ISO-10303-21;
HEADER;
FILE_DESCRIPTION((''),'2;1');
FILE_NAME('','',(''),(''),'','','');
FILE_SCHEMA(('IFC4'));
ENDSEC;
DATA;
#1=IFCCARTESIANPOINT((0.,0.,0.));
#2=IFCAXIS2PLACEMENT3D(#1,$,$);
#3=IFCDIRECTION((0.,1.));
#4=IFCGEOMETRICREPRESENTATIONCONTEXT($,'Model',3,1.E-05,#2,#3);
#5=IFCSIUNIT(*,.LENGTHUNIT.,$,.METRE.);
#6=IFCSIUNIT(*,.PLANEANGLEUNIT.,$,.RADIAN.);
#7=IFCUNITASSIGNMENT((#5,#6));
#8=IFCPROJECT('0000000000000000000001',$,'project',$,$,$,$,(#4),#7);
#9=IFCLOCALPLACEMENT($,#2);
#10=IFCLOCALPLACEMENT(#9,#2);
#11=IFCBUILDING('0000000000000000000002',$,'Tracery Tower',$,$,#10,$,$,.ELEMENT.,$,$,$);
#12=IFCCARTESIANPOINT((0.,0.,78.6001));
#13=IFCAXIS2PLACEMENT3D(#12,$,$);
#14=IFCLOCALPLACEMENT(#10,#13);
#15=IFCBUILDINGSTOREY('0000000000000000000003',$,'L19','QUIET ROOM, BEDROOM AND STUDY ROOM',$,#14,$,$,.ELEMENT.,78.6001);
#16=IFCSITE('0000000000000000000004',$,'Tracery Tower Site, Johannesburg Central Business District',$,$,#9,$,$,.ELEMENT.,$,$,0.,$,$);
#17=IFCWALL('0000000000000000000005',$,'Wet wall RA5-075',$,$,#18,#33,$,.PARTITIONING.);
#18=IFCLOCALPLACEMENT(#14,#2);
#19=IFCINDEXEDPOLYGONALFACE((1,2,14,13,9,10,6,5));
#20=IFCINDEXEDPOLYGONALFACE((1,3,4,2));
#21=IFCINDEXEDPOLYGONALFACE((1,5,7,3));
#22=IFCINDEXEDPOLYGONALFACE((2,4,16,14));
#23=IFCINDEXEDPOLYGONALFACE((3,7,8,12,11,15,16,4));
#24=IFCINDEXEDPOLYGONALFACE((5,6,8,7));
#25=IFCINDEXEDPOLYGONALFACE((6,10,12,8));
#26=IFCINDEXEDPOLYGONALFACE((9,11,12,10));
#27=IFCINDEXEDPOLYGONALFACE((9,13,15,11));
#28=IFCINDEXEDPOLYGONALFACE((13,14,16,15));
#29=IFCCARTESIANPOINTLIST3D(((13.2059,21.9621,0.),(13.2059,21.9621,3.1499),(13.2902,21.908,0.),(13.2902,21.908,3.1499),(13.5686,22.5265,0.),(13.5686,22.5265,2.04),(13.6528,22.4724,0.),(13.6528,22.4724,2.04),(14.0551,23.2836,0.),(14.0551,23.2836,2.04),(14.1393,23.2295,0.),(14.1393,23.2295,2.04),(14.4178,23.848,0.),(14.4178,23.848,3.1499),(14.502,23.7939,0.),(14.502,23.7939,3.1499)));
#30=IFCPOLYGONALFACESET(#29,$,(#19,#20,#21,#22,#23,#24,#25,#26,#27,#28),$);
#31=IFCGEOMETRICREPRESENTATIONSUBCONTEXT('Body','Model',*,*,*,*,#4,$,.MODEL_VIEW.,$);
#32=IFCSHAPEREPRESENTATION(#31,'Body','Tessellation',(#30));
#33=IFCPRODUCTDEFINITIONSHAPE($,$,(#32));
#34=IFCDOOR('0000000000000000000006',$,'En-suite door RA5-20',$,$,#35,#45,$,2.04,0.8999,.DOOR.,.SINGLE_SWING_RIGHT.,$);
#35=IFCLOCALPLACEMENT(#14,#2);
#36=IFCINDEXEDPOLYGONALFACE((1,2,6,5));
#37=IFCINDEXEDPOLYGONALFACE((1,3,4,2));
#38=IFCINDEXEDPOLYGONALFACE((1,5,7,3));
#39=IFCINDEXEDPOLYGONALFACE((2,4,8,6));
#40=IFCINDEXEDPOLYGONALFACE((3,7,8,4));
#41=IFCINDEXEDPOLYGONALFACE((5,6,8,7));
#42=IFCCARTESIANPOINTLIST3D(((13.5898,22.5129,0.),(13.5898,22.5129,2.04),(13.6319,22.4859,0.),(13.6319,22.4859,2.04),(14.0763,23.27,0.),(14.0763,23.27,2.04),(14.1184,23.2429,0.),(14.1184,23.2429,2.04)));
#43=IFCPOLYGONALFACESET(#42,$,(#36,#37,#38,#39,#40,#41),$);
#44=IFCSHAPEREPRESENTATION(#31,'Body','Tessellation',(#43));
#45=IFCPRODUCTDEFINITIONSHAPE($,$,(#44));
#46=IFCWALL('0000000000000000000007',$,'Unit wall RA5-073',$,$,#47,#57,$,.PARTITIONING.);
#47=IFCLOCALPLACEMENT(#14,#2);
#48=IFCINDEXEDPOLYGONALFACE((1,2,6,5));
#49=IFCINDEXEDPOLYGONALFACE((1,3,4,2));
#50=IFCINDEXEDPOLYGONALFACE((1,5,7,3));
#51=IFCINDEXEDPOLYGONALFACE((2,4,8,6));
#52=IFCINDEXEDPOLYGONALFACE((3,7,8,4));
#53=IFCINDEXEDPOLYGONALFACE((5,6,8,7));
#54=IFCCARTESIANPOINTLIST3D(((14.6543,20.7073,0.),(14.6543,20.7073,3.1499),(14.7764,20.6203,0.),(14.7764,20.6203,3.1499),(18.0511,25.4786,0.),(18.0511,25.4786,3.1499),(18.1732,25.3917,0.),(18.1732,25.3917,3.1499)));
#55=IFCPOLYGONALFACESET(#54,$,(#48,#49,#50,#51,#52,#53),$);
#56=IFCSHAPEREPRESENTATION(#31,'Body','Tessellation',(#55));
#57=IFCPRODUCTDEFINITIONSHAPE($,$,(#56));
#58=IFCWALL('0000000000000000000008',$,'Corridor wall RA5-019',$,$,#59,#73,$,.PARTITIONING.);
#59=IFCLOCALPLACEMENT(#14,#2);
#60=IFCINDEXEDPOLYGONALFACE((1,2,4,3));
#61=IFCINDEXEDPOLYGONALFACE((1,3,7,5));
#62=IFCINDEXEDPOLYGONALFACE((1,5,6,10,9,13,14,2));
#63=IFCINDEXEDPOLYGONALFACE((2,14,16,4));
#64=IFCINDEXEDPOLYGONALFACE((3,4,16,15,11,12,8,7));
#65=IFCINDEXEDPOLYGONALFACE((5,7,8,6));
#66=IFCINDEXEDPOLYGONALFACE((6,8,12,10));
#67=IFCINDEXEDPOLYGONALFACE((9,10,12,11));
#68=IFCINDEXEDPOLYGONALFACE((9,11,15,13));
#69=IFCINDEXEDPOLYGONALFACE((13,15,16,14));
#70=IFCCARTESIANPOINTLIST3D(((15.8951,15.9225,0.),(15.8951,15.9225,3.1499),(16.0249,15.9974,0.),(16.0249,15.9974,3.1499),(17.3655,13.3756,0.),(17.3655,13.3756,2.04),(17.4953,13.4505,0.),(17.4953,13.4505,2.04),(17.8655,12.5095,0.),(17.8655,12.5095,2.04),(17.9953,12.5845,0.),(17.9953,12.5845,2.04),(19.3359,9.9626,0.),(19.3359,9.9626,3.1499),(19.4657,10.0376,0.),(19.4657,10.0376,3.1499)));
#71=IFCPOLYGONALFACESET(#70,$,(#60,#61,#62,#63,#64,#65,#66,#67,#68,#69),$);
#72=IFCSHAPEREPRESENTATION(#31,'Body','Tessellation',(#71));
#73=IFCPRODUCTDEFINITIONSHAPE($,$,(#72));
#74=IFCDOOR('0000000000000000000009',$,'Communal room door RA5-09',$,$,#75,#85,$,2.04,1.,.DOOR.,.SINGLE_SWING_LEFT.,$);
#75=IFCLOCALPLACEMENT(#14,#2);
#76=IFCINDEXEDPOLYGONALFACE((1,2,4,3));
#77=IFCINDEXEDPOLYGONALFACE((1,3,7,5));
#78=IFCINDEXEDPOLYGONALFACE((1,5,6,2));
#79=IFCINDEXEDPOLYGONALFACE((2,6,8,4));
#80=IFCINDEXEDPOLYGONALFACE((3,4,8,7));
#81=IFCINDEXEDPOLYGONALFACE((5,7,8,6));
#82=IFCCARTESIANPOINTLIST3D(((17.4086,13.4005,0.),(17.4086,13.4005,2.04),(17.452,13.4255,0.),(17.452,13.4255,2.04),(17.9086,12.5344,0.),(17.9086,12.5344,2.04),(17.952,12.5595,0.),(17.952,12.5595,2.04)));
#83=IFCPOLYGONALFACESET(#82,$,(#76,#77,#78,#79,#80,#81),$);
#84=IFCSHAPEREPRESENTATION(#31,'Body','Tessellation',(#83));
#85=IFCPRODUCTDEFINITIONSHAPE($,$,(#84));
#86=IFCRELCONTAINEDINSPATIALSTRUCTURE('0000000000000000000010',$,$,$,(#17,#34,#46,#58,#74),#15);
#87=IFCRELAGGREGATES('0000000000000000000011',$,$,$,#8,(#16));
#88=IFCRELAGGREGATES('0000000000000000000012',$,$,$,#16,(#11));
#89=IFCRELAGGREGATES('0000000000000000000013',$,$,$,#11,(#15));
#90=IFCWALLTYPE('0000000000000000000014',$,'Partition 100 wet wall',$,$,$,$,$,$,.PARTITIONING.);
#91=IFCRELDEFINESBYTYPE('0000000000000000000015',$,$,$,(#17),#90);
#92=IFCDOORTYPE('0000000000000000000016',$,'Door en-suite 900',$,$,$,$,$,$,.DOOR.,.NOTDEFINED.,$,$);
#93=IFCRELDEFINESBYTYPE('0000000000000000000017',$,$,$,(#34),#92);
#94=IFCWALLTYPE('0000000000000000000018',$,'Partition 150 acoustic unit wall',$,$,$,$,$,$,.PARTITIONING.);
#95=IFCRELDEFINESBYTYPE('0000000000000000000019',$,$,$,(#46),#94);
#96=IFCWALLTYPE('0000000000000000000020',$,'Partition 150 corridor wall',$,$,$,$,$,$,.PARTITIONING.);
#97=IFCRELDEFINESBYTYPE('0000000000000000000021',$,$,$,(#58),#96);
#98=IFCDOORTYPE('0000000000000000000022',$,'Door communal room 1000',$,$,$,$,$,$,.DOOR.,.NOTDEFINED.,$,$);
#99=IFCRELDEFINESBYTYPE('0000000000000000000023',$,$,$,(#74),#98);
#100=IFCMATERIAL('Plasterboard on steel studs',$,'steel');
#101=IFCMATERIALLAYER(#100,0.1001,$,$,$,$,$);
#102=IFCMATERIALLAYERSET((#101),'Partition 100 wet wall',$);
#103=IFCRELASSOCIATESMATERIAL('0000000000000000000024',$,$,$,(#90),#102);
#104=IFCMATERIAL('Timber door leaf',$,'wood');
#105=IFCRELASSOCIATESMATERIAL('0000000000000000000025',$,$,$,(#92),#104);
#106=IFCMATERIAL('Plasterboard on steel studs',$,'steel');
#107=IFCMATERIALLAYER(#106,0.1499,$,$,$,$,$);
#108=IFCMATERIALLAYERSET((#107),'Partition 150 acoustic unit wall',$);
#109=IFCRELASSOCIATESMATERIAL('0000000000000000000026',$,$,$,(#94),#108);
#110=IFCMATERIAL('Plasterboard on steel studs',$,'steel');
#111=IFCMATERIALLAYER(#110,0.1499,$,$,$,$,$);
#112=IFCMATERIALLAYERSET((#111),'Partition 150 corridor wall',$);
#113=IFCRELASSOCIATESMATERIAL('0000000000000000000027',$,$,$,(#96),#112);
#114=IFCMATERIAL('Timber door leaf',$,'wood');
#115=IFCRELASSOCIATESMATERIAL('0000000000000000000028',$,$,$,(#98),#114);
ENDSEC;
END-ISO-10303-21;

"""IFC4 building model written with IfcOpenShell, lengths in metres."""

from ifc_helpers import new_model, si_unit, direction, frame, frame_2d, origin, place, context, subcontext, project, spatial, rectangle, extrude, material, layer, layer_set, type_object, element, fill, save


model = new_model("IFC4")

# Units and contexts
model_context = context("Model", 3, precision=1e-05, world=origin(), true_north=direction((0.0, 1.0)))
body_context = subcontext(model_context, "Body", "Model", "MODEL_VIEW")
ifc_project = project(units=[si_unit("LENGTHUNIT", "METRE"), si_unit("PLANEANGLEUNIT", "RADIAN")], contexts=[model_context])

# Site, building, storey
site_placement = place(None, origin())
site = spatial("IfcSite", under=ifc_project, at=site_placement, Name="Tracery Tower Site, Johannesburg Central Business District", CompositionType="ELEMENT", RefElevation=0.0)
building_placement = place(site_placement, origin())
building = spatial("IfcBuilding", under=site, at=building_placement, Name="Tracery Tower", CompositionType="ELEMENT")
storey_placement = place(building_placement, frame((0.0, 0.0, 78.6001)))
storey = spatial("IfcBuildingStorey", under=building, at=storey_placement, Name="L19", Description="QUIET ROOM, BEDROOM AND STUDY ROOM", CompositionType="ELEMENT", Elevation=78.6001)

# Shared definitions
ifc_material_1 = material(Name="Plasterboard on steel studs", Category="steel")
ifc_layer_1 = layer(ifc_material_1, 0.1001)
ifc_layer_set_1 = layer_set([ifc_layer_1], Name="Partition 100 wet wall")
wall_type_1 = type_object("IfcWallType", Name="Partition 100 wet wall", PredefinedType="PARTITIONING", material=ifc_layer_set_1)
ifc_material_2 = material(Name="Timber door leaf", Category="wood")
door_type_1 = type_object("IfcDoorType", Name="Door en-suite 900", OperationType="NOTDEFINED", PredefinedType="DOOR", material=ifc_material_2)

# Wall, opening, door
wall_1_placement = place(storey_placement, frame((13.248, 21.9351, 0.0), z_axis=(0.0, 0.0, 1.0), x_axis=(0.540598, 0.841281, 0.0)))
wall_1 = element("IfcWall", 1, at=wall_1_placement, inside=storey, type_object=wall_type_1, Name="Wet wall RA5-075", PredefinedType="PARTITIONING", context=body_context, shape_type="SweptSolid", body=[
    extrude(rectangle(XDim=2.2417, YDim=0.1001, at=frame_2d((1.1208, 0.0))), origin(), (0.0, 0.0, 1.0), 3.1499),
])
opening_1_placement = place(wall_1_placement, frame((0.6709, 0.0, 0.0)))
opening_1 = element("IfcOpeningElement", 2, at=opening_1_placement, cuts=wall_1, PredefinedType="OPENING", context=body_context, shape_type="SweptSolid", body=[
    extrude(rectangle(XDim=0.8999, YDim=2.04, at=frame_2d((0.45, 1.02))), frame((0.0, 0.05, 0.0), z_axis=(0.0, -1.0, 0.0), x_axis=(1.0, 0.0, 0.0)), (0.0, 0.0, 1.0), 0.1001),
])
door_1_placement = place(opening_1_placement, origin())
door_1 = element("IfcDoor", 3, at=door_1_placement, inside=storey, type_object=door_type_1, Name="En-suite door RA5-20", OperationType="SINGLE_SWING_RIGHT", OverallHeight=2.04, OverallWidth=0.8999, PredefinedType="DOOR", context=body_context, shape_type="SweptSolid", body=[
    extrude(rectangle(XDim=0.8999, YDim=2.04, at=frame_2d((0.45, 1.02))), frame((0.0, 0.0249, 0.0), z_axis=(0.0, -1.0, 0.0), x_axis=(1.0, 0.0, 0.0)), (0.0, 0.0, 1.0), 0.05),
])
fill(opening_1, door_1)

# Wall
ifc_material_3 = material(Name="Plasterboard on steel studs", Category="steel")
ifc_layer_2 = layer(ifc_material_3, 0.1499)
ifc_layer_set_2 = layer_set([ifc_layer_2], Name="Partition 150 acoustic unit wall")
wall_type_2 = type_object("IfcWallType", Name="Partition 150 acoustic unit wall", PredefinedType="PARTITIONING", material=ifc_layer_set_2)
wall_2_placement = place(storey_placement, frame((14.7153, 20.6638, 0.0), z_axis=(0.0, 0.0, 1.0), x_axis=(0.57996, 0.814645, 0.0)))
element("IfcWall", 4, at=wall_2_placement, inside=storey, type_object=wall_type_2, Name="Unit wall RA5-073", PredefinedType="PARTITIONING", context=body_context, shape_type="SweptSolid", body=[
    extrude(rectangle(XDim=5.8569, YDim=0.1499, at=frame_2d((2.9285, 0.0))), origin(), (0.0, 0.0, 1.0), 3.1499),
])

# Wall, opening, door
ifc_material_4 = material(Name="Plasterboard on steel studs", Category="steel")
ifc_layer_3 = layer(ifc_material_4, 0.1499)
ifc_layer_set_3 = layer_set([ifc_layer_3], Name="Partition 150 corridor wall")
wall_type_3 = type_object("IfcWallType", Name="Partition 150 corridor wall", PredefinedType="PARTITIONING", material=ifc_layer_set_3)
wall_3_placement = place(storey_placement, frame((15.96, 15.96, 0.0), z_axis=(0.0, 0.0, 1.0), x_axis=(0.499993, -0.86603, 0.0)))
wall_3 = element("IfcWall", 5, at=wall_3_placement, inside=storey, type_object=wall_type_3, Name="Corridor wall RA5-019", PredefinedType="PARTITIONING", context=body_context, shape_type="SweptSolid", body=[
    extrude(rectangle(XDim=6.8818, YDim=0.1499, at=frame_2d((3.4409, 0.0))), origin(), (0.0, 0.0, 1.0), 3.1499),
])
opening_2_placement = place(wall_3_placement, frame((2.9409, 0.0, 0.0)))
opening_2 = element("IfcOpeningElement", 6, at=opening_2_placement, cuts=wall_3, PredefinedType="OPENING", context=body_context, shape_type="SweptSolid", body=[
    extrude(rectangle(XDim=1.0, YDim=2.04, at=frame_2d((0.5, 1.02))), frame((0.0, 0.075, 0.0), z_axis=(0.0, -1.0, 0.0), x_axis=(1.0, 0.0, 0.0)), (0.0, 0.0, 1.0), 0.1499),
])
ifc_material_5 = material(Name="Timber door leaf", Category="wood")
door_type_2 = type_object("IfcDoorType", Name="Door communal room 1000", OperationType="NOTDEFINED", PredefinedType="DOOR", material=ifc_material_5)
door_2_placement = place(opening_2_placement, origin())
door_2 = element("IfcDoor", 7, at=door_2_placement, inside=storey, type_object=door_type_2, Name="Communal room door RA5-09", OperationType="SINGLE_SWING_LEFT", OverallHeight=2.04, OverallWidth=1.0, PredefinedType="DOOR", context=body_context, shape_type="SweptSolid", body=[
    extrude(rectangle(XDim=1.0, YDim=2.04, at=frame_2d((0.5, 1.02))), frame((0.0, 0.0249, 0.0), z_axis=(0.0, -1.0, 0.0), x_axis=(1.0, 0.0, 0.0)), (0.0, 0.0, 1.0), 0.05),
])
fill(opening_2, door_2)

save(model, "model.ifc")
